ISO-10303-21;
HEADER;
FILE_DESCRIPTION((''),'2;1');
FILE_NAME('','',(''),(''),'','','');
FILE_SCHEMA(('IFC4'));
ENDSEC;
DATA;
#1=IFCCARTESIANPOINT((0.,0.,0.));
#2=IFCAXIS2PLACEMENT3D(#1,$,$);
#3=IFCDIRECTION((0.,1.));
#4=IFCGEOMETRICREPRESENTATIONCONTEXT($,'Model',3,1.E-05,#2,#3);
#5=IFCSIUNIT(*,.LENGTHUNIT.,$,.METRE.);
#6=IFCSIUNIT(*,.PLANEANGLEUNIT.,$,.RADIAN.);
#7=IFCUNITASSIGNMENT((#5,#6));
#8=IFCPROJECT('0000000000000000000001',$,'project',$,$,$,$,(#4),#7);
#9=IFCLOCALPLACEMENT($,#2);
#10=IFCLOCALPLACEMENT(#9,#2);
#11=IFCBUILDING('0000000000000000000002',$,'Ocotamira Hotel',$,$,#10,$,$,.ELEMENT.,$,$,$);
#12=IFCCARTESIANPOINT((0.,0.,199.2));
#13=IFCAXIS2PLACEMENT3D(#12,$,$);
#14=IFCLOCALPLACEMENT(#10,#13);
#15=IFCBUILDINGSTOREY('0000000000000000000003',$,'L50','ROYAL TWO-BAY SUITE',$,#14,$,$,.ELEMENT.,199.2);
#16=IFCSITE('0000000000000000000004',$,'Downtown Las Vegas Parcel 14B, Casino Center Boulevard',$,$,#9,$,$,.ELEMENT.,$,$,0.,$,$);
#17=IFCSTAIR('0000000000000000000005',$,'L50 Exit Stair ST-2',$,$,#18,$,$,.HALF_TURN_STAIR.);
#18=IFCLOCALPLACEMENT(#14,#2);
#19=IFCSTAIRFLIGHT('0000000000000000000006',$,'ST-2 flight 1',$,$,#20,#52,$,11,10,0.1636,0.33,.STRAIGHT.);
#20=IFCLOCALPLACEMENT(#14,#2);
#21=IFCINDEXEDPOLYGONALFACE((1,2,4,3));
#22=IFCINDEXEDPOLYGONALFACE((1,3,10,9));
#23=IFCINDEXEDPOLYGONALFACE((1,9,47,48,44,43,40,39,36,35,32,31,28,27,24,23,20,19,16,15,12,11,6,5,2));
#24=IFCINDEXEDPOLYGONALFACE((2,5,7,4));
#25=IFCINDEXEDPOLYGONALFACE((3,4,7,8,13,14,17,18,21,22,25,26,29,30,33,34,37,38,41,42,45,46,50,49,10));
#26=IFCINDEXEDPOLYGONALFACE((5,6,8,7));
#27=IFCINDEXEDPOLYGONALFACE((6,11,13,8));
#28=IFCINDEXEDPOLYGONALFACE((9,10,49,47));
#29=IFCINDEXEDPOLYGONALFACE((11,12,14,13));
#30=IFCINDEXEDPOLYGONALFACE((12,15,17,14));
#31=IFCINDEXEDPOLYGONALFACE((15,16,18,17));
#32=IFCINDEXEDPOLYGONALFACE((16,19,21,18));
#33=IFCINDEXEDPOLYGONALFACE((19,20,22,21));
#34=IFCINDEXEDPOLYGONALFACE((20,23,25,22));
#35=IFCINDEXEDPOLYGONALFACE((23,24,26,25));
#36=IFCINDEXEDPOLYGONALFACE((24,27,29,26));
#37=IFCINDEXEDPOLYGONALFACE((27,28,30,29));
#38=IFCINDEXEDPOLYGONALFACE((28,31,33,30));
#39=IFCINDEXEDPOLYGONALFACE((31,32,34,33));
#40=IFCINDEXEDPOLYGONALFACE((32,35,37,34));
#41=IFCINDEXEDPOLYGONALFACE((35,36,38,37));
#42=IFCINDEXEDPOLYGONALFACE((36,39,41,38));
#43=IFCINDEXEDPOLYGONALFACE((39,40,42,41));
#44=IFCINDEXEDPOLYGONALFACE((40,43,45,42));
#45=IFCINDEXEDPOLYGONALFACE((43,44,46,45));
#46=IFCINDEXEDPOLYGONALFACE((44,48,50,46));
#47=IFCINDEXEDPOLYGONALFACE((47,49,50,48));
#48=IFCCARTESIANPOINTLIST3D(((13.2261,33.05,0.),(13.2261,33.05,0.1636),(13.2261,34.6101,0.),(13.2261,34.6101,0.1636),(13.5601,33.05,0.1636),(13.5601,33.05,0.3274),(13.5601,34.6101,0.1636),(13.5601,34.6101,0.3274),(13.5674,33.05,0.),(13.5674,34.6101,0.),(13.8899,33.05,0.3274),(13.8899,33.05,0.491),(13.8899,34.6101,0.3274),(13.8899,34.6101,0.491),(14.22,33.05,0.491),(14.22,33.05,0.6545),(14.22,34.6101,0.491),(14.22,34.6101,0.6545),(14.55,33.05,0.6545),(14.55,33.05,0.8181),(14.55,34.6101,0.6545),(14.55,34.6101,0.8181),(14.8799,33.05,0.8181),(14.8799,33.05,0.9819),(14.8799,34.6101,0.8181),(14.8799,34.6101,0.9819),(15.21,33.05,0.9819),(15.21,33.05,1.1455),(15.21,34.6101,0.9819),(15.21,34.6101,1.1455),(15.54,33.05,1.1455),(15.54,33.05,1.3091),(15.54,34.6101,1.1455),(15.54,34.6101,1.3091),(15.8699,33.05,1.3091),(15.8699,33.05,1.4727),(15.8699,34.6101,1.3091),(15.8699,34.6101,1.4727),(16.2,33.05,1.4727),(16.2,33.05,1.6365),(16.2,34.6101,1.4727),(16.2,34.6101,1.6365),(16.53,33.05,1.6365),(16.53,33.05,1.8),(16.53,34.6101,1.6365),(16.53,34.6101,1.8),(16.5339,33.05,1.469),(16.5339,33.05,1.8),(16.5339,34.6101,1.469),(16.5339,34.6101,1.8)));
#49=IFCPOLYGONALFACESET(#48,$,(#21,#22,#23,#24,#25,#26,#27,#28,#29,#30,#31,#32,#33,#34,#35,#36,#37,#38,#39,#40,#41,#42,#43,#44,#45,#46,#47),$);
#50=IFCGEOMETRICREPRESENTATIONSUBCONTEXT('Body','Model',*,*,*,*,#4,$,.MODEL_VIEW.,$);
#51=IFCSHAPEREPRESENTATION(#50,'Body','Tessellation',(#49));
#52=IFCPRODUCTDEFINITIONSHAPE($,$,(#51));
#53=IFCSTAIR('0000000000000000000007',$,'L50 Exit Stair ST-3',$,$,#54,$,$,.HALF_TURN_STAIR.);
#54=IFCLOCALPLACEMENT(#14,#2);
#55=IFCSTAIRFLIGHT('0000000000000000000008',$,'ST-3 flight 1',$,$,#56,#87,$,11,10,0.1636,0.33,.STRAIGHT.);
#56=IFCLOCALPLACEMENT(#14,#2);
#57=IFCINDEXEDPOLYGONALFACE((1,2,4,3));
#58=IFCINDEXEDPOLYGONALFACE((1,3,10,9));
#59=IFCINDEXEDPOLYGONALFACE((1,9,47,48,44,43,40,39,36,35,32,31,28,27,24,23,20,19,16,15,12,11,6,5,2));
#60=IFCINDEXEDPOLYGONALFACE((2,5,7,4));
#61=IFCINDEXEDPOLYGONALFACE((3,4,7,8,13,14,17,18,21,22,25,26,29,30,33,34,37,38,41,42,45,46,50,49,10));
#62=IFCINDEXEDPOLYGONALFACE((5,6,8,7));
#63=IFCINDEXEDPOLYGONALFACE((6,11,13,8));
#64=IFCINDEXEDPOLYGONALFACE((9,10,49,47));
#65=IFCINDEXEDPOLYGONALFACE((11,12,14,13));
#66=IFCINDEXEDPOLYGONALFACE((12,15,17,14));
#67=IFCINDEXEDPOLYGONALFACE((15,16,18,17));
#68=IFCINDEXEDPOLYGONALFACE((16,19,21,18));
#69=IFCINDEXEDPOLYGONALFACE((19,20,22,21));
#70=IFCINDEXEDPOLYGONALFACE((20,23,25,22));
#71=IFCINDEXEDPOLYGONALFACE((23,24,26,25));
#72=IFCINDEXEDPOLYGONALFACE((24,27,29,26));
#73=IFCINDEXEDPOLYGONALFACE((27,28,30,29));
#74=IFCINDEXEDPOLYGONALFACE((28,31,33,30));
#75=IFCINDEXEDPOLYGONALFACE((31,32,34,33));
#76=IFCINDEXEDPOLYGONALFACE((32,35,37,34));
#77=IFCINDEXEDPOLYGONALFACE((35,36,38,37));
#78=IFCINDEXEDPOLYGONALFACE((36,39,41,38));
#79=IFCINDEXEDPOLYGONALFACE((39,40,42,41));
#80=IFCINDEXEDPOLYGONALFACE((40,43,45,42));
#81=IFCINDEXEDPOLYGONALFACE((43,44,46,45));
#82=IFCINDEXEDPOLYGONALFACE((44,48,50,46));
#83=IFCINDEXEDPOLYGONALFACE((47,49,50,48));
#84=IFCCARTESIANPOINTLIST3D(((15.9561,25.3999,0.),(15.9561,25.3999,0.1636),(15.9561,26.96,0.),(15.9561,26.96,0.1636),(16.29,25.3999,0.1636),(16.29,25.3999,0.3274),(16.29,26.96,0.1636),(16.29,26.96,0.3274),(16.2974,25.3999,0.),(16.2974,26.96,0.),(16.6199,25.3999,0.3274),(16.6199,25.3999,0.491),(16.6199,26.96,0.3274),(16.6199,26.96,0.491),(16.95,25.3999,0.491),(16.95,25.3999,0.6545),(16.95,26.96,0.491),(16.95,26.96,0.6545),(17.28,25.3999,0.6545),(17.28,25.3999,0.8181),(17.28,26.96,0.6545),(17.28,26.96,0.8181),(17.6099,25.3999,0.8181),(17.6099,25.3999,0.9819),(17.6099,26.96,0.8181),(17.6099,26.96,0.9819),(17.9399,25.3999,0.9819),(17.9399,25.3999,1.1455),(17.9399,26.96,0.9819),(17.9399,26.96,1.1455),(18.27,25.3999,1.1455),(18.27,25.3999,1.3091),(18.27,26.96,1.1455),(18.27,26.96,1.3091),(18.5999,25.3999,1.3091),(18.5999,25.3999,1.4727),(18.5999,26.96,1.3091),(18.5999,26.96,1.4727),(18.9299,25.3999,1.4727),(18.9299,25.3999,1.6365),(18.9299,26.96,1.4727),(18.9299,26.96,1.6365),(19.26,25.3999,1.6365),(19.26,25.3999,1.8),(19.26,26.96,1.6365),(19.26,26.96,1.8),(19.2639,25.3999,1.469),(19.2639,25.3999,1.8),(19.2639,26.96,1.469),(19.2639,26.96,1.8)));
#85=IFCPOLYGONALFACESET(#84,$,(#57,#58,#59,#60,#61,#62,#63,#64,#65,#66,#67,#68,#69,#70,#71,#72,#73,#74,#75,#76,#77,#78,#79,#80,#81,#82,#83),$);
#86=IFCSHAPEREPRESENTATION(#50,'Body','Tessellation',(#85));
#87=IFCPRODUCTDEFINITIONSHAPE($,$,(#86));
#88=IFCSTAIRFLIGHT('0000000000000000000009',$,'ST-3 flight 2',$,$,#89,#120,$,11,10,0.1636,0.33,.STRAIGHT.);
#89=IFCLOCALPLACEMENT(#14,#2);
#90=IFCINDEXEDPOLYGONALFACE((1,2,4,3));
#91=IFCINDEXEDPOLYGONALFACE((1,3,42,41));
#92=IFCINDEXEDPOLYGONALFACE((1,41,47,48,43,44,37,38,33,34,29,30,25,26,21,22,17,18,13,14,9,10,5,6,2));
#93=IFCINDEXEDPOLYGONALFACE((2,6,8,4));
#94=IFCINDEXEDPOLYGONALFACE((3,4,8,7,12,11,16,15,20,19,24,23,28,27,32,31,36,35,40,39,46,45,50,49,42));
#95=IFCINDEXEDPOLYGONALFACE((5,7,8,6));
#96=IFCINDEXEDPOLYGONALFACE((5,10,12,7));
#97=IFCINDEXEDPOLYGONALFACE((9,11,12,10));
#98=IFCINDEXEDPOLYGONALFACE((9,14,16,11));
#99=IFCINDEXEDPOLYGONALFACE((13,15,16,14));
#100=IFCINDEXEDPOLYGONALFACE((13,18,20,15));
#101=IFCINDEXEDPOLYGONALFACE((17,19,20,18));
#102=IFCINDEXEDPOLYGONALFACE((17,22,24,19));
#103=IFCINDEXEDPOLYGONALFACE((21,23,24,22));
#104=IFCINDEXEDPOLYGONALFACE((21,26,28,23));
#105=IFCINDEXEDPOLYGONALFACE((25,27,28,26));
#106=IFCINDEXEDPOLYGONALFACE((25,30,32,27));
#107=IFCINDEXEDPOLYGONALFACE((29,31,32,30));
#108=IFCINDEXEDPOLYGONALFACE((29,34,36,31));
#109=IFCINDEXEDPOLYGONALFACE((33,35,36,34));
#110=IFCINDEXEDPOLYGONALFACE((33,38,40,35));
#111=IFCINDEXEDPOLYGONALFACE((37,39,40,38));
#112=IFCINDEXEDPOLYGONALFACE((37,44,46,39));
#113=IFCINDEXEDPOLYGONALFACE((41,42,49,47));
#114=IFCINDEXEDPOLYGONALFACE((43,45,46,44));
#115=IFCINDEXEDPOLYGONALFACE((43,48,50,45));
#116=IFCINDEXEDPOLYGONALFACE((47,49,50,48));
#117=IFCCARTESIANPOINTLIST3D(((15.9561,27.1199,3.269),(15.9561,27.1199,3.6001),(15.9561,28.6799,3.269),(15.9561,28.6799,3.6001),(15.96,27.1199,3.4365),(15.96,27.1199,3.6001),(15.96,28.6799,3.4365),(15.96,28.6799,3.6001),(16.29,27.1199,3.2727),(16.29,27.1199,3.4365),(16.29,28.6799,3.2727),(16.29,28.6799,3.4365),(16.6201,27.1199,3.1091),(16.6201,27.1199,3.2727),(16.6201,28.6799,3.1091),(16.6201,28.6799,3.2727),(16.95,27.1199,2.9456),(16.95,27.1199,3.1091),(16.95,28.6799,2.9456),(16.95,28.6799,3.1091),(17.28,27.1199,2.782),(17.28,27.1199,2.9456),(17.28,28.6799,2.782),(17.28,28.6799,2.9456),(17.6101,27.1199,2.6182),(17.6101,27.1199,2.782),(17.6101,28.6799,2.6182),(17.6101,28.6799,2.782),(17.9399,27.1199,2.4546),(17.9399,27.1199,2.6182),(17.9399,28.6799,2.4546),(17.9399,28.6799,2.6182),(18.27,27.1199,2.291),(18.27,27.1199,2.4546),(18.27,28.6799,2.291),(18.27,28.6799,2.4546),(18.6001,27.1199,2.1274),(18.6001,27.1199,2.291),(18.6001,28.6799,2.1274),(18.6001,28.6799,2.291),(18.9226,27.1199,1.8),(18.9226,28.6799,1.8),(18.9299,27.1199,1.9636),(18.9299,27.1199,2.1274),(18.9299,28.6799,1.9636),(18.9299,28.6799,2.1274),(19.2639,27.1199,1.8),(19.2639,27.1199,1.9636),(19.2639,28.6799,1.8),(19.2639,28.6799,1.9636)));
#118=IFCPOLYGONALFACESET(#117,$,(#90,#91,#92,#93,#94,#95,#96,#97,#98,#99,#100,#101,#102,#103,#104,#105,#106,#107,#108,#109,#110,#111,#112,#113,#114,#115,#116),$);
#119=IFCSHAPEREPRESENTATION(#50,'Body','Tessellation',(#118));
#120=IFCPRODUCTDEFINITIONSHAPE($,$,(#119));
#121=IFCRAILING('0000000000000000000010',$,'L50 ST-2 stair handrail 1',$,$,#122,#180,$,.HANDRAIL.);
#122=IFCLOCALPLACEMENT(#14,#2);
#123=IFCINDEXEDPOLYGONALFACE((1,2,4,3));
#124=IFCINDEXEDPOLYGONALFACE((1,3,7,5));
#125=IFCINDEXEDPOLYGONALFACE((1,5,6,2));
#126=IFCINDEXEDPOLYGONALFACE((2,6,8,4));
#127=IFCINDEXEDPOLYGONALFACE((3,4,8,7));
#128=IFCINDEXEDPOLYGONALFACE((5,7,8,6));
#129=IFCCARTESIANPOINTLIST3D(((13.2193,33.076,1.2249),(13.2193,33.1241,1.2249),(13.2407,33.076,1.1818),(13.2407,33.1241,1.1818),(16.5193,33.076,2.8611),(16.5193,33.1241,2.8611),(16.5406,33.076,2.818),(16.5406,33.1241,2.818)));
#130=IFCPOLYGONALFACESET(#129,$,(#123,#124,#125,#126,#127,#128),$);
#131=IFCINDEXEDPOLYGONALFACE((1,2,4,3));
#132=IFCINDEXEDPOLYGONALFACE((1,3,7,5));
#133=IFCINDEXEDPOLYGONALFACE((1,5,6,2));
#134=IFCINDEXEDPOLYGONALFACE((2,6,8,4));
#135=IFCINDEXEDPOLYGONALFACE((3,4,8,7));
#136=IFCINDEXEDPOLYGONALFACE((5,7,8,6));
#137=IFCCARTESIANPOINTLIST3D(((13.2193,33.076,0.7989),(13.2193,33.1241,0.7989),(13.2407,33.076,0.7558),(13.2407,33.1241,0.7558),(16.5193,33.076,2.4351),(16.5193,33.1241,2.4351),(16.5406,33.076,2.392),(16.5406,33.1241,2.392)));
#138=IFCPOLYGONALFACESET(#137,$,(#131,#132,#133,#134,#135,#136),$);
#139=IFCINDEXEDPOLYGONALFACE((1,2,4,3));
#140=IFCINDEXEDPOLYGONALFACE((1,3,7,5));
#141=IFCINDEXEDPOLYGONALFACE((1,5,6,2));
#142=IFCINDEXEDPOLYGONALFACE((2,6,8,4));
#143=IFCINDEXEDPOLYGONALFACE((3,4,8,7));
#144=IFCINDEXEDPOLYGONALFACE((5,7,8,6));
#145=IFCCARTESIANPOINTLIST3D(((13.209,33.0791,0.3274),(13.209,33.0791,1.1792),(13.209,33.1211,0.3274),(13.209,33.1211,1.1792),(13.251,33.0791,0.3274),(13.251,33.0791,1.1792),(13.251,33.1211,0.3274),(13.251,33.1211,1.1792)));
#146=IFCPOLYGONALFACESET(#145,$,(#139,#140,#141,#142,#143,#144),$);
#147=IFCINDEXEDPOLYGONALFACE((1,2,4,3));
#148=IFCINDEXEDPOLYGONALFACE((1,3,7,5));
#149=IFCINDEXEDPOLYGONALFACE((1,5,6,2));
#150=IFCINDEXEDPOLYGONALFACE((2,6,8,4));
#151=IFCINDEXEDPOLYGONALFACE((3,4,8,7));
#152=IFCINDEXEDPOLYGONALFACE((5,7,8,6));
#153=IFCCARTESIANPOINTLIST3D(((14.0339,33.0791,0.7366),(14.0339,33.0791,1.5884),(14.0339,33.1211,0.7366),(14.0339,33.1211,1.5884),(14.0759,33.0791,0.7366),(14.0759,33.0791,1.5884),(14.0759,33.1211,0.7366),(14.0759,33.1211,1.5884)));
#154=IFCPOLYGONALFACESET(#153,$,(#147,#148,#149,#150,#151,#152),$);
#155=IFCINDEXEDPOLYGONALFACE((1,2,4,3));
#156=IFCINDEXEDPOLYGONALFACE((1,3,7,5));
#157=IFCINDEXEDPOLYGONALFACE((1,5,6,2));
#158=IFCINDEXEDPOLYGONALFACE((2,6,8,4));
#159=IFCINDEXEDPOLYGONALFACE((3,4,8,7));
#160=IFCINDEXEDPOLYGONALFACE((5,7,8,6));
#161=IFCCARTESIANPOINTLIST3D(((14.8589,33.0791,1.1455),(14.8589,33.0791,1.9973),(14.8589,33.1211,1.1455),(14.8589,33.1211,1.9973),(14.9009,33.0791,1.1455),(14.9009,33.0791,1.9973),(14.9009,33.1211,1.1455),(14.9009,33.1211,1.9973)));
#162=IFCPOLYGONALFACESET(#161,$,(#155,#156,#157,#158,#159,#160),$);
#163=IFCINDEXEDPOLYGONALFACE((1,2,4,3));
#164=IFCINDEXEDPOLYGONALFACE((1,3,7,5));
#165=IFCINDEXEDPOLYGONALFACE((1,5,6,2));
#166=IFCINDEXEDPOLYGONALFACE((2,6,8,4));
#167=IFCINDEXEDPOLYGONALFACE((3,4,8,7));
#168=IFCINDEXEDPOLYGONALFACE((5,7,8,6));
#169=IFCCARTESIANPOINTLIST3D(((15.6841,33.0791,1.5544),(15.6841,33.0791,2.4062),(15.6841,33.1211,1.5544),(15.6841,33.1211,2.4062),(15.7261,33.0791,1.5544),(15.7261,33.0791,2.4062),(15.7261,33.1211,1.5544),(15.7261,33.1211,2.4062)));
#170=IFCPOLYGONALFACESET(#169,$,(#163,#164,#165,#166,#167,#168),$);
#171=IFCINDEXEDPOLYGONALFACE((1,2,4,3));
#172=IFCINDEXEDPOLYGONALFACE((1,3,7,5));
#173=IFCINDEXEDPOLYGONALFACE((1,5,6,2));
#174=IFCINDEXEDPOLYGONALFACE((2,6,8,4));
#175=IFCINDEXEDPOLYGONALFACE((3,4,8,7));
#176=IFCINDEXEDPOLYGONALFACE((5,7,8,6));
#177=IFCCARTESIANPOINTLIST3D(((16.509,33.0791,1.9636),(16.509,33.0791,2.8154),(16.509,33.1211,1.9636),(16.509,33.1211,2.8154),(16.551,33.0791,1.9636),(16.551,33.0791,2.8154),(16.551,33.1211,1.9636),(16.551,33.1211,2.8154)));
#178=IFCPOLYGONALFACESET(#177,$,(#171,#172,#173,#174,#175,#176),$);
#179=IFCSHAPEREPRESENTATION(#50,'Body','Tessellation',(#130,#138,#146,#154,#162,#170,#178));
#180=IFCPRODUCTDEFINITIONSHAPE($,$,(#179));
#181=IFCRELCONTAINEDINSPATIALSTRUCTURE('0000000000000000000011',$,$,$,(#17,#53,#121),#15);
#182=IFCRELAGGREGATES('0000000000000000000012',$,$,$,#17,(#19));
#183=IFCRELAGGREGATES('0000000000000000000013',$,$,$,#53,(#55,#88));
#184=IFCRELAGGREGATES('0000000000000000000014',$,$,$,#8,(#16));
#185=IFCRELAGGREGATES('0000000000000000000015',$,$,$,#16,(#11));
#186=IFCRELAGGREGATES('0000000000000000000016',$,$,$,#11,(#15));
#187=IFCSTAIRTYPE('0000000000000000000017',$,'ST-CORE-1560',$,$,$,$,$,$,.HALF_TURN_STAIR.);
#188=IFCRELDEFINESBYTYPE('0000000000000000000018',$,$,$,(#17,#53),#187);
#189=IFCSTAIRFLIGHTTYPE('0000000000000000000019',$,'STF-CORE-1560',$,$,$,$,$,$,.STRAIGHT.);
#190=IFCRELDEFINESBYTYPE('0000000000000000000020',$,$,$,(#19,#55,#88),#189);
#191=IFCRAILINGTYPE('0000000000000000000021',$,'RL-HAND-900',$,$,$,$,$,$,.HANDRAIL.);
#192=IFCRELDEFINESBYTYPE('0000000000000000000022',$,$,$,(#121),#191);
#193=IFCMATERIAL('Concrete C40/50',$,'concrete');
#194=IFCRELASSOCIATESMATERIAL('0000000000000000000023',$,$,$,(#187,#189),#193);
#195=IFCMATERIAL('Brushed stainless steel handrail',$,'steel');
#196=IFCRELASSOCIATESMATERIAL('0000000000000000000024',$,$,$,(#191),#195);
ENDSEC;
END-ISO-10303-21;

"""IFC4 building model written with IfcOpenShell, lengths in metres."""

from ifc_helpers import new_model, si_unit, direction, frame, origin, origin_2d, place, context, subcontext, project, spatial, polyline, rectangle, outline, extrude, source, transform, mapped, material, type_object, element, aggregate, save


model = new_model("IFC4")

# Units and contexts
model_context = context("Model", 3, precision=1e-05, world=origin(), true_north=direction((0.0, 1.0)))
body_context = subcontext(model_context, "Body", "Model", "MODEL_VIEW")
ifc_project = project(units=[si_unit("LENGTHUNIT", "METRE"), si_unit("PLANEANGLEUNIT", "RADIAN")], contexts=[model_context])

# Site, building, storey
site_placement = place(None, origin())
site = spatial("IfcSite", under=ifc_project, at=site_placement, Name="Downtown Las Vegas Parcel 14B, Casino Center Boulevard", CompositionType="ELEMENT", RefElevation=0.0)
building_placement = place(site_placement, origin())
building = spatial("IfcBuilding", under=site, at=building_placement, Name="Ocotamira Hotel", CompositionType="ELEMENT")
storey_placement = place(building_placement, frame((0.0, 0.0, 199.2)))
storey = spatial("IfcBuildingStorey", under=building, at=storey_placement, Name="L50", Description="ROYAL TWO-BAY SUITE", CompositionType="ELEMENT", Elevation=199.2)

# Stair, stair flight
ifc_material_1 = material(Name="Concrete C40/50", Category="concrete")
stair_type = type_object("IfcStairType", Name="ST-CORE-1560", PredefinedType="HALF_TURN_STAIR", material=ifc_material_1)
stair_1_placement = place(storey_placement, origin())
stair_1 = element("IfcStair", 1, at=stair_1_placement, inside=storey, type_object=stair_type, Name="L50 Exit Stair ST-2", PredefinedType="HALF_TURN_STAIR")
stair_flight_type = type_object("IfcStairFlightType", Name="STF-CORE-1560", PredefinedType="STRAIGHT", material=ifc_material_1)
shared_shape_1 = source(origin(), body_context, "Body", "SweptSolid", [
    extrude(outline(polyline([(-0.0039, 0.0), (-0.0039, 0.1636), (0.3301, 0.1636), (0.3301, 0.3274), (0.6599, 0.3274), (0.6599, 0.491), (0.99, 0.491), (0.99, 0.6545), (1.3201, 0.6545), (1.3201, 0.8181), (1.6499, 0.8181), (1.6499, 0.9819), (1.98, 0.9819), (1.98, 1.1455), (2.3101, 1.1455), (2.3101, 1.3091), (2.6399, 1.3091), (2.6399, 1.4727), (2.97, 1.4727), (2.97, 1.6365), (3.3, 1.6365), (3.3, 1.8), (3.304, 1.8), (3.304, 1.469), (0.3374, 0.0), (-0.0039, 0.0)])), frame((0.0, 0.78, 0.0), z_axis=(0.0, -1.0, 0.0), x_axis=(1.0, 0.0, 0.0)), (0.0, 0.0, 1.0), 1.5601),
])
stair_flight_1_placement = place(storey_placement, frame((13.23, 33.8301, 0.0), z_axis=(0.0, 0.0, 1.0), x_axis=(1.0, 0.0, 0.0)))
stair_flight_1 = element("IfcStairFlight", 2, at=stair_flight_1_placement, type_object=stair_flight_type, Name="ST-2 flight 1", NumberOfRisers=11, NumberOfTreads=10, PredefinedType="STRAIGHT", RiserHeight=0.1636, TreadLength=0.33, context=body_context, shape_type="MappedRepresentation", body=[
    mapped(shared_shape_1, transform((0.0, 0.0, 0.0), scale=1.0)),
])
aggregate(stair_1, [stair_flight_1])

# Stair, stair flights
stair_2_placement = place(storey_placement, origin())
stair_2 = element("IfcStair", 3, at=stair_2_placement, inside=storey, type_object=stair_type, Name="L50 Exit Stair ST-3", PredefinedType="HALF_TURN_STAIR")
stair_flight_2_placement = place(storey_placement, frame((15.96, 26.1799, 0.0), z_axis=(0.0, 0.0, 1.0), x_axis=(1.0, 0.0, 0.0)))
stair_flight_2 = element("IfcStairFlight", 4, at=stair_flight_2_placement, type_object=stair_flight_type, Name="ST-3 flight 1", NumberOfRisers=11, NumberOfTreads=10, PredefinedType="STRAIGHT", RiserHeight=0.1636, TreadLength=0.33, context=body_context, shape_type="MappedRepresentation", body=[
    mapped(shared_shape_1, transform((0.0, 0.0, 0.0), scale=1.0)),
])
stair_flight_3_placement = place(storey_placement, frame((19.26, 27.8999, 1.8), z_axis=(0.0, 0.0, 1.0), x_axis=(-1.0, 0.0, 0.0)))
stair_flight_3 = element("IfcStairFlight", 5, at=stair_flight_3_placement, type_object=stair_flight_type, Name="ST-3 flight 2", NumberOfRisers=11, NumberOfTreads=10, PredefinedType="STRAIGHT", RiserHeight=0.1636, TreadLength=0.33, context=body_context, shape_type="MappedRepresentation", body=[
    mapped(shared_shape_1, transform((0.0, 0.0, 0.0), scale=1.0)),
])
aggregate(stair_2, [stair_flight_2, stair_flight_3])

# Railing
ifc_material_2 = material(Name="Brushed stainless steel handrail", Category="steel")
railing_type_1 = type_object("IfcRailingType", Name="RL-HAND-900", PredefinedType="HANDRAIL", material=ifc_material_2)
for number, where, name in (
    (6, (13.23, 33.1001, 0.3274), "L50 ST-2 stair handrail 1"),
):
    element("IfcRailing", number, at=place(storey_placement, frame(where)), inside=storey, type_object=railing_type_1, Name=name, PredefinedType="HANDRAIL", context=body_context, shape_type="SweptSolid", body=[
        extrude(rectangle(XDim=0.0481, YDim=0.0481, at=origin_2d()), frame((0.0, 0.0, 0.876), z_axis=(0.89592, 0.0, 0.444215), x_axis=(0.0, 1.0, 0.0)), (0.0, 0.0, 1.0), 3.6833),
        extrude(rectangle(XDim=0.0481, YDim=0.0481, at=origin_2d()), frame((0.0, 0.0, 0.45), z_axis=(0.89592, 0.0, 0.444215), x_axis=(0.0, 1.0, 0.0)), (0.0, 0.0, 1.0), 3.6833),
        extrude(rectangle(XDim=0.042, YDim=0.042, at=origin_2d()), origin(), (0.0, 0.0, 1.0), 0.8518),
        extrude(rectangle(XDim=0.042, YDim=0.042, at=origin_2d()), frame((0.825, 0.0, 0.4092)), (0.0, 0.0, 1.0), 0.8518),
        extrude(rectangle(XDim=0.042, YDim=0.042, at=origin_2d()), frame((1.6499, 0.0, 0.8181)), (0.0, 0.0, 1.0), 0.8518),
        extrude(rectangle(XDim=0.042, YDim=0.042, at=origin_2d()), frame((2.4751, 0.0, 1.2271)), (0.0, 0.0, 1.0), 0.8518),
        extrude(rectangle(XDim=0.042, YDim=0.042, at=origin_2d()), frame((3.3, 0.0, 1.6362)), (0.0, 0.0, 1.0), 0.8518),
    ])

save(model, "model.ifc")
